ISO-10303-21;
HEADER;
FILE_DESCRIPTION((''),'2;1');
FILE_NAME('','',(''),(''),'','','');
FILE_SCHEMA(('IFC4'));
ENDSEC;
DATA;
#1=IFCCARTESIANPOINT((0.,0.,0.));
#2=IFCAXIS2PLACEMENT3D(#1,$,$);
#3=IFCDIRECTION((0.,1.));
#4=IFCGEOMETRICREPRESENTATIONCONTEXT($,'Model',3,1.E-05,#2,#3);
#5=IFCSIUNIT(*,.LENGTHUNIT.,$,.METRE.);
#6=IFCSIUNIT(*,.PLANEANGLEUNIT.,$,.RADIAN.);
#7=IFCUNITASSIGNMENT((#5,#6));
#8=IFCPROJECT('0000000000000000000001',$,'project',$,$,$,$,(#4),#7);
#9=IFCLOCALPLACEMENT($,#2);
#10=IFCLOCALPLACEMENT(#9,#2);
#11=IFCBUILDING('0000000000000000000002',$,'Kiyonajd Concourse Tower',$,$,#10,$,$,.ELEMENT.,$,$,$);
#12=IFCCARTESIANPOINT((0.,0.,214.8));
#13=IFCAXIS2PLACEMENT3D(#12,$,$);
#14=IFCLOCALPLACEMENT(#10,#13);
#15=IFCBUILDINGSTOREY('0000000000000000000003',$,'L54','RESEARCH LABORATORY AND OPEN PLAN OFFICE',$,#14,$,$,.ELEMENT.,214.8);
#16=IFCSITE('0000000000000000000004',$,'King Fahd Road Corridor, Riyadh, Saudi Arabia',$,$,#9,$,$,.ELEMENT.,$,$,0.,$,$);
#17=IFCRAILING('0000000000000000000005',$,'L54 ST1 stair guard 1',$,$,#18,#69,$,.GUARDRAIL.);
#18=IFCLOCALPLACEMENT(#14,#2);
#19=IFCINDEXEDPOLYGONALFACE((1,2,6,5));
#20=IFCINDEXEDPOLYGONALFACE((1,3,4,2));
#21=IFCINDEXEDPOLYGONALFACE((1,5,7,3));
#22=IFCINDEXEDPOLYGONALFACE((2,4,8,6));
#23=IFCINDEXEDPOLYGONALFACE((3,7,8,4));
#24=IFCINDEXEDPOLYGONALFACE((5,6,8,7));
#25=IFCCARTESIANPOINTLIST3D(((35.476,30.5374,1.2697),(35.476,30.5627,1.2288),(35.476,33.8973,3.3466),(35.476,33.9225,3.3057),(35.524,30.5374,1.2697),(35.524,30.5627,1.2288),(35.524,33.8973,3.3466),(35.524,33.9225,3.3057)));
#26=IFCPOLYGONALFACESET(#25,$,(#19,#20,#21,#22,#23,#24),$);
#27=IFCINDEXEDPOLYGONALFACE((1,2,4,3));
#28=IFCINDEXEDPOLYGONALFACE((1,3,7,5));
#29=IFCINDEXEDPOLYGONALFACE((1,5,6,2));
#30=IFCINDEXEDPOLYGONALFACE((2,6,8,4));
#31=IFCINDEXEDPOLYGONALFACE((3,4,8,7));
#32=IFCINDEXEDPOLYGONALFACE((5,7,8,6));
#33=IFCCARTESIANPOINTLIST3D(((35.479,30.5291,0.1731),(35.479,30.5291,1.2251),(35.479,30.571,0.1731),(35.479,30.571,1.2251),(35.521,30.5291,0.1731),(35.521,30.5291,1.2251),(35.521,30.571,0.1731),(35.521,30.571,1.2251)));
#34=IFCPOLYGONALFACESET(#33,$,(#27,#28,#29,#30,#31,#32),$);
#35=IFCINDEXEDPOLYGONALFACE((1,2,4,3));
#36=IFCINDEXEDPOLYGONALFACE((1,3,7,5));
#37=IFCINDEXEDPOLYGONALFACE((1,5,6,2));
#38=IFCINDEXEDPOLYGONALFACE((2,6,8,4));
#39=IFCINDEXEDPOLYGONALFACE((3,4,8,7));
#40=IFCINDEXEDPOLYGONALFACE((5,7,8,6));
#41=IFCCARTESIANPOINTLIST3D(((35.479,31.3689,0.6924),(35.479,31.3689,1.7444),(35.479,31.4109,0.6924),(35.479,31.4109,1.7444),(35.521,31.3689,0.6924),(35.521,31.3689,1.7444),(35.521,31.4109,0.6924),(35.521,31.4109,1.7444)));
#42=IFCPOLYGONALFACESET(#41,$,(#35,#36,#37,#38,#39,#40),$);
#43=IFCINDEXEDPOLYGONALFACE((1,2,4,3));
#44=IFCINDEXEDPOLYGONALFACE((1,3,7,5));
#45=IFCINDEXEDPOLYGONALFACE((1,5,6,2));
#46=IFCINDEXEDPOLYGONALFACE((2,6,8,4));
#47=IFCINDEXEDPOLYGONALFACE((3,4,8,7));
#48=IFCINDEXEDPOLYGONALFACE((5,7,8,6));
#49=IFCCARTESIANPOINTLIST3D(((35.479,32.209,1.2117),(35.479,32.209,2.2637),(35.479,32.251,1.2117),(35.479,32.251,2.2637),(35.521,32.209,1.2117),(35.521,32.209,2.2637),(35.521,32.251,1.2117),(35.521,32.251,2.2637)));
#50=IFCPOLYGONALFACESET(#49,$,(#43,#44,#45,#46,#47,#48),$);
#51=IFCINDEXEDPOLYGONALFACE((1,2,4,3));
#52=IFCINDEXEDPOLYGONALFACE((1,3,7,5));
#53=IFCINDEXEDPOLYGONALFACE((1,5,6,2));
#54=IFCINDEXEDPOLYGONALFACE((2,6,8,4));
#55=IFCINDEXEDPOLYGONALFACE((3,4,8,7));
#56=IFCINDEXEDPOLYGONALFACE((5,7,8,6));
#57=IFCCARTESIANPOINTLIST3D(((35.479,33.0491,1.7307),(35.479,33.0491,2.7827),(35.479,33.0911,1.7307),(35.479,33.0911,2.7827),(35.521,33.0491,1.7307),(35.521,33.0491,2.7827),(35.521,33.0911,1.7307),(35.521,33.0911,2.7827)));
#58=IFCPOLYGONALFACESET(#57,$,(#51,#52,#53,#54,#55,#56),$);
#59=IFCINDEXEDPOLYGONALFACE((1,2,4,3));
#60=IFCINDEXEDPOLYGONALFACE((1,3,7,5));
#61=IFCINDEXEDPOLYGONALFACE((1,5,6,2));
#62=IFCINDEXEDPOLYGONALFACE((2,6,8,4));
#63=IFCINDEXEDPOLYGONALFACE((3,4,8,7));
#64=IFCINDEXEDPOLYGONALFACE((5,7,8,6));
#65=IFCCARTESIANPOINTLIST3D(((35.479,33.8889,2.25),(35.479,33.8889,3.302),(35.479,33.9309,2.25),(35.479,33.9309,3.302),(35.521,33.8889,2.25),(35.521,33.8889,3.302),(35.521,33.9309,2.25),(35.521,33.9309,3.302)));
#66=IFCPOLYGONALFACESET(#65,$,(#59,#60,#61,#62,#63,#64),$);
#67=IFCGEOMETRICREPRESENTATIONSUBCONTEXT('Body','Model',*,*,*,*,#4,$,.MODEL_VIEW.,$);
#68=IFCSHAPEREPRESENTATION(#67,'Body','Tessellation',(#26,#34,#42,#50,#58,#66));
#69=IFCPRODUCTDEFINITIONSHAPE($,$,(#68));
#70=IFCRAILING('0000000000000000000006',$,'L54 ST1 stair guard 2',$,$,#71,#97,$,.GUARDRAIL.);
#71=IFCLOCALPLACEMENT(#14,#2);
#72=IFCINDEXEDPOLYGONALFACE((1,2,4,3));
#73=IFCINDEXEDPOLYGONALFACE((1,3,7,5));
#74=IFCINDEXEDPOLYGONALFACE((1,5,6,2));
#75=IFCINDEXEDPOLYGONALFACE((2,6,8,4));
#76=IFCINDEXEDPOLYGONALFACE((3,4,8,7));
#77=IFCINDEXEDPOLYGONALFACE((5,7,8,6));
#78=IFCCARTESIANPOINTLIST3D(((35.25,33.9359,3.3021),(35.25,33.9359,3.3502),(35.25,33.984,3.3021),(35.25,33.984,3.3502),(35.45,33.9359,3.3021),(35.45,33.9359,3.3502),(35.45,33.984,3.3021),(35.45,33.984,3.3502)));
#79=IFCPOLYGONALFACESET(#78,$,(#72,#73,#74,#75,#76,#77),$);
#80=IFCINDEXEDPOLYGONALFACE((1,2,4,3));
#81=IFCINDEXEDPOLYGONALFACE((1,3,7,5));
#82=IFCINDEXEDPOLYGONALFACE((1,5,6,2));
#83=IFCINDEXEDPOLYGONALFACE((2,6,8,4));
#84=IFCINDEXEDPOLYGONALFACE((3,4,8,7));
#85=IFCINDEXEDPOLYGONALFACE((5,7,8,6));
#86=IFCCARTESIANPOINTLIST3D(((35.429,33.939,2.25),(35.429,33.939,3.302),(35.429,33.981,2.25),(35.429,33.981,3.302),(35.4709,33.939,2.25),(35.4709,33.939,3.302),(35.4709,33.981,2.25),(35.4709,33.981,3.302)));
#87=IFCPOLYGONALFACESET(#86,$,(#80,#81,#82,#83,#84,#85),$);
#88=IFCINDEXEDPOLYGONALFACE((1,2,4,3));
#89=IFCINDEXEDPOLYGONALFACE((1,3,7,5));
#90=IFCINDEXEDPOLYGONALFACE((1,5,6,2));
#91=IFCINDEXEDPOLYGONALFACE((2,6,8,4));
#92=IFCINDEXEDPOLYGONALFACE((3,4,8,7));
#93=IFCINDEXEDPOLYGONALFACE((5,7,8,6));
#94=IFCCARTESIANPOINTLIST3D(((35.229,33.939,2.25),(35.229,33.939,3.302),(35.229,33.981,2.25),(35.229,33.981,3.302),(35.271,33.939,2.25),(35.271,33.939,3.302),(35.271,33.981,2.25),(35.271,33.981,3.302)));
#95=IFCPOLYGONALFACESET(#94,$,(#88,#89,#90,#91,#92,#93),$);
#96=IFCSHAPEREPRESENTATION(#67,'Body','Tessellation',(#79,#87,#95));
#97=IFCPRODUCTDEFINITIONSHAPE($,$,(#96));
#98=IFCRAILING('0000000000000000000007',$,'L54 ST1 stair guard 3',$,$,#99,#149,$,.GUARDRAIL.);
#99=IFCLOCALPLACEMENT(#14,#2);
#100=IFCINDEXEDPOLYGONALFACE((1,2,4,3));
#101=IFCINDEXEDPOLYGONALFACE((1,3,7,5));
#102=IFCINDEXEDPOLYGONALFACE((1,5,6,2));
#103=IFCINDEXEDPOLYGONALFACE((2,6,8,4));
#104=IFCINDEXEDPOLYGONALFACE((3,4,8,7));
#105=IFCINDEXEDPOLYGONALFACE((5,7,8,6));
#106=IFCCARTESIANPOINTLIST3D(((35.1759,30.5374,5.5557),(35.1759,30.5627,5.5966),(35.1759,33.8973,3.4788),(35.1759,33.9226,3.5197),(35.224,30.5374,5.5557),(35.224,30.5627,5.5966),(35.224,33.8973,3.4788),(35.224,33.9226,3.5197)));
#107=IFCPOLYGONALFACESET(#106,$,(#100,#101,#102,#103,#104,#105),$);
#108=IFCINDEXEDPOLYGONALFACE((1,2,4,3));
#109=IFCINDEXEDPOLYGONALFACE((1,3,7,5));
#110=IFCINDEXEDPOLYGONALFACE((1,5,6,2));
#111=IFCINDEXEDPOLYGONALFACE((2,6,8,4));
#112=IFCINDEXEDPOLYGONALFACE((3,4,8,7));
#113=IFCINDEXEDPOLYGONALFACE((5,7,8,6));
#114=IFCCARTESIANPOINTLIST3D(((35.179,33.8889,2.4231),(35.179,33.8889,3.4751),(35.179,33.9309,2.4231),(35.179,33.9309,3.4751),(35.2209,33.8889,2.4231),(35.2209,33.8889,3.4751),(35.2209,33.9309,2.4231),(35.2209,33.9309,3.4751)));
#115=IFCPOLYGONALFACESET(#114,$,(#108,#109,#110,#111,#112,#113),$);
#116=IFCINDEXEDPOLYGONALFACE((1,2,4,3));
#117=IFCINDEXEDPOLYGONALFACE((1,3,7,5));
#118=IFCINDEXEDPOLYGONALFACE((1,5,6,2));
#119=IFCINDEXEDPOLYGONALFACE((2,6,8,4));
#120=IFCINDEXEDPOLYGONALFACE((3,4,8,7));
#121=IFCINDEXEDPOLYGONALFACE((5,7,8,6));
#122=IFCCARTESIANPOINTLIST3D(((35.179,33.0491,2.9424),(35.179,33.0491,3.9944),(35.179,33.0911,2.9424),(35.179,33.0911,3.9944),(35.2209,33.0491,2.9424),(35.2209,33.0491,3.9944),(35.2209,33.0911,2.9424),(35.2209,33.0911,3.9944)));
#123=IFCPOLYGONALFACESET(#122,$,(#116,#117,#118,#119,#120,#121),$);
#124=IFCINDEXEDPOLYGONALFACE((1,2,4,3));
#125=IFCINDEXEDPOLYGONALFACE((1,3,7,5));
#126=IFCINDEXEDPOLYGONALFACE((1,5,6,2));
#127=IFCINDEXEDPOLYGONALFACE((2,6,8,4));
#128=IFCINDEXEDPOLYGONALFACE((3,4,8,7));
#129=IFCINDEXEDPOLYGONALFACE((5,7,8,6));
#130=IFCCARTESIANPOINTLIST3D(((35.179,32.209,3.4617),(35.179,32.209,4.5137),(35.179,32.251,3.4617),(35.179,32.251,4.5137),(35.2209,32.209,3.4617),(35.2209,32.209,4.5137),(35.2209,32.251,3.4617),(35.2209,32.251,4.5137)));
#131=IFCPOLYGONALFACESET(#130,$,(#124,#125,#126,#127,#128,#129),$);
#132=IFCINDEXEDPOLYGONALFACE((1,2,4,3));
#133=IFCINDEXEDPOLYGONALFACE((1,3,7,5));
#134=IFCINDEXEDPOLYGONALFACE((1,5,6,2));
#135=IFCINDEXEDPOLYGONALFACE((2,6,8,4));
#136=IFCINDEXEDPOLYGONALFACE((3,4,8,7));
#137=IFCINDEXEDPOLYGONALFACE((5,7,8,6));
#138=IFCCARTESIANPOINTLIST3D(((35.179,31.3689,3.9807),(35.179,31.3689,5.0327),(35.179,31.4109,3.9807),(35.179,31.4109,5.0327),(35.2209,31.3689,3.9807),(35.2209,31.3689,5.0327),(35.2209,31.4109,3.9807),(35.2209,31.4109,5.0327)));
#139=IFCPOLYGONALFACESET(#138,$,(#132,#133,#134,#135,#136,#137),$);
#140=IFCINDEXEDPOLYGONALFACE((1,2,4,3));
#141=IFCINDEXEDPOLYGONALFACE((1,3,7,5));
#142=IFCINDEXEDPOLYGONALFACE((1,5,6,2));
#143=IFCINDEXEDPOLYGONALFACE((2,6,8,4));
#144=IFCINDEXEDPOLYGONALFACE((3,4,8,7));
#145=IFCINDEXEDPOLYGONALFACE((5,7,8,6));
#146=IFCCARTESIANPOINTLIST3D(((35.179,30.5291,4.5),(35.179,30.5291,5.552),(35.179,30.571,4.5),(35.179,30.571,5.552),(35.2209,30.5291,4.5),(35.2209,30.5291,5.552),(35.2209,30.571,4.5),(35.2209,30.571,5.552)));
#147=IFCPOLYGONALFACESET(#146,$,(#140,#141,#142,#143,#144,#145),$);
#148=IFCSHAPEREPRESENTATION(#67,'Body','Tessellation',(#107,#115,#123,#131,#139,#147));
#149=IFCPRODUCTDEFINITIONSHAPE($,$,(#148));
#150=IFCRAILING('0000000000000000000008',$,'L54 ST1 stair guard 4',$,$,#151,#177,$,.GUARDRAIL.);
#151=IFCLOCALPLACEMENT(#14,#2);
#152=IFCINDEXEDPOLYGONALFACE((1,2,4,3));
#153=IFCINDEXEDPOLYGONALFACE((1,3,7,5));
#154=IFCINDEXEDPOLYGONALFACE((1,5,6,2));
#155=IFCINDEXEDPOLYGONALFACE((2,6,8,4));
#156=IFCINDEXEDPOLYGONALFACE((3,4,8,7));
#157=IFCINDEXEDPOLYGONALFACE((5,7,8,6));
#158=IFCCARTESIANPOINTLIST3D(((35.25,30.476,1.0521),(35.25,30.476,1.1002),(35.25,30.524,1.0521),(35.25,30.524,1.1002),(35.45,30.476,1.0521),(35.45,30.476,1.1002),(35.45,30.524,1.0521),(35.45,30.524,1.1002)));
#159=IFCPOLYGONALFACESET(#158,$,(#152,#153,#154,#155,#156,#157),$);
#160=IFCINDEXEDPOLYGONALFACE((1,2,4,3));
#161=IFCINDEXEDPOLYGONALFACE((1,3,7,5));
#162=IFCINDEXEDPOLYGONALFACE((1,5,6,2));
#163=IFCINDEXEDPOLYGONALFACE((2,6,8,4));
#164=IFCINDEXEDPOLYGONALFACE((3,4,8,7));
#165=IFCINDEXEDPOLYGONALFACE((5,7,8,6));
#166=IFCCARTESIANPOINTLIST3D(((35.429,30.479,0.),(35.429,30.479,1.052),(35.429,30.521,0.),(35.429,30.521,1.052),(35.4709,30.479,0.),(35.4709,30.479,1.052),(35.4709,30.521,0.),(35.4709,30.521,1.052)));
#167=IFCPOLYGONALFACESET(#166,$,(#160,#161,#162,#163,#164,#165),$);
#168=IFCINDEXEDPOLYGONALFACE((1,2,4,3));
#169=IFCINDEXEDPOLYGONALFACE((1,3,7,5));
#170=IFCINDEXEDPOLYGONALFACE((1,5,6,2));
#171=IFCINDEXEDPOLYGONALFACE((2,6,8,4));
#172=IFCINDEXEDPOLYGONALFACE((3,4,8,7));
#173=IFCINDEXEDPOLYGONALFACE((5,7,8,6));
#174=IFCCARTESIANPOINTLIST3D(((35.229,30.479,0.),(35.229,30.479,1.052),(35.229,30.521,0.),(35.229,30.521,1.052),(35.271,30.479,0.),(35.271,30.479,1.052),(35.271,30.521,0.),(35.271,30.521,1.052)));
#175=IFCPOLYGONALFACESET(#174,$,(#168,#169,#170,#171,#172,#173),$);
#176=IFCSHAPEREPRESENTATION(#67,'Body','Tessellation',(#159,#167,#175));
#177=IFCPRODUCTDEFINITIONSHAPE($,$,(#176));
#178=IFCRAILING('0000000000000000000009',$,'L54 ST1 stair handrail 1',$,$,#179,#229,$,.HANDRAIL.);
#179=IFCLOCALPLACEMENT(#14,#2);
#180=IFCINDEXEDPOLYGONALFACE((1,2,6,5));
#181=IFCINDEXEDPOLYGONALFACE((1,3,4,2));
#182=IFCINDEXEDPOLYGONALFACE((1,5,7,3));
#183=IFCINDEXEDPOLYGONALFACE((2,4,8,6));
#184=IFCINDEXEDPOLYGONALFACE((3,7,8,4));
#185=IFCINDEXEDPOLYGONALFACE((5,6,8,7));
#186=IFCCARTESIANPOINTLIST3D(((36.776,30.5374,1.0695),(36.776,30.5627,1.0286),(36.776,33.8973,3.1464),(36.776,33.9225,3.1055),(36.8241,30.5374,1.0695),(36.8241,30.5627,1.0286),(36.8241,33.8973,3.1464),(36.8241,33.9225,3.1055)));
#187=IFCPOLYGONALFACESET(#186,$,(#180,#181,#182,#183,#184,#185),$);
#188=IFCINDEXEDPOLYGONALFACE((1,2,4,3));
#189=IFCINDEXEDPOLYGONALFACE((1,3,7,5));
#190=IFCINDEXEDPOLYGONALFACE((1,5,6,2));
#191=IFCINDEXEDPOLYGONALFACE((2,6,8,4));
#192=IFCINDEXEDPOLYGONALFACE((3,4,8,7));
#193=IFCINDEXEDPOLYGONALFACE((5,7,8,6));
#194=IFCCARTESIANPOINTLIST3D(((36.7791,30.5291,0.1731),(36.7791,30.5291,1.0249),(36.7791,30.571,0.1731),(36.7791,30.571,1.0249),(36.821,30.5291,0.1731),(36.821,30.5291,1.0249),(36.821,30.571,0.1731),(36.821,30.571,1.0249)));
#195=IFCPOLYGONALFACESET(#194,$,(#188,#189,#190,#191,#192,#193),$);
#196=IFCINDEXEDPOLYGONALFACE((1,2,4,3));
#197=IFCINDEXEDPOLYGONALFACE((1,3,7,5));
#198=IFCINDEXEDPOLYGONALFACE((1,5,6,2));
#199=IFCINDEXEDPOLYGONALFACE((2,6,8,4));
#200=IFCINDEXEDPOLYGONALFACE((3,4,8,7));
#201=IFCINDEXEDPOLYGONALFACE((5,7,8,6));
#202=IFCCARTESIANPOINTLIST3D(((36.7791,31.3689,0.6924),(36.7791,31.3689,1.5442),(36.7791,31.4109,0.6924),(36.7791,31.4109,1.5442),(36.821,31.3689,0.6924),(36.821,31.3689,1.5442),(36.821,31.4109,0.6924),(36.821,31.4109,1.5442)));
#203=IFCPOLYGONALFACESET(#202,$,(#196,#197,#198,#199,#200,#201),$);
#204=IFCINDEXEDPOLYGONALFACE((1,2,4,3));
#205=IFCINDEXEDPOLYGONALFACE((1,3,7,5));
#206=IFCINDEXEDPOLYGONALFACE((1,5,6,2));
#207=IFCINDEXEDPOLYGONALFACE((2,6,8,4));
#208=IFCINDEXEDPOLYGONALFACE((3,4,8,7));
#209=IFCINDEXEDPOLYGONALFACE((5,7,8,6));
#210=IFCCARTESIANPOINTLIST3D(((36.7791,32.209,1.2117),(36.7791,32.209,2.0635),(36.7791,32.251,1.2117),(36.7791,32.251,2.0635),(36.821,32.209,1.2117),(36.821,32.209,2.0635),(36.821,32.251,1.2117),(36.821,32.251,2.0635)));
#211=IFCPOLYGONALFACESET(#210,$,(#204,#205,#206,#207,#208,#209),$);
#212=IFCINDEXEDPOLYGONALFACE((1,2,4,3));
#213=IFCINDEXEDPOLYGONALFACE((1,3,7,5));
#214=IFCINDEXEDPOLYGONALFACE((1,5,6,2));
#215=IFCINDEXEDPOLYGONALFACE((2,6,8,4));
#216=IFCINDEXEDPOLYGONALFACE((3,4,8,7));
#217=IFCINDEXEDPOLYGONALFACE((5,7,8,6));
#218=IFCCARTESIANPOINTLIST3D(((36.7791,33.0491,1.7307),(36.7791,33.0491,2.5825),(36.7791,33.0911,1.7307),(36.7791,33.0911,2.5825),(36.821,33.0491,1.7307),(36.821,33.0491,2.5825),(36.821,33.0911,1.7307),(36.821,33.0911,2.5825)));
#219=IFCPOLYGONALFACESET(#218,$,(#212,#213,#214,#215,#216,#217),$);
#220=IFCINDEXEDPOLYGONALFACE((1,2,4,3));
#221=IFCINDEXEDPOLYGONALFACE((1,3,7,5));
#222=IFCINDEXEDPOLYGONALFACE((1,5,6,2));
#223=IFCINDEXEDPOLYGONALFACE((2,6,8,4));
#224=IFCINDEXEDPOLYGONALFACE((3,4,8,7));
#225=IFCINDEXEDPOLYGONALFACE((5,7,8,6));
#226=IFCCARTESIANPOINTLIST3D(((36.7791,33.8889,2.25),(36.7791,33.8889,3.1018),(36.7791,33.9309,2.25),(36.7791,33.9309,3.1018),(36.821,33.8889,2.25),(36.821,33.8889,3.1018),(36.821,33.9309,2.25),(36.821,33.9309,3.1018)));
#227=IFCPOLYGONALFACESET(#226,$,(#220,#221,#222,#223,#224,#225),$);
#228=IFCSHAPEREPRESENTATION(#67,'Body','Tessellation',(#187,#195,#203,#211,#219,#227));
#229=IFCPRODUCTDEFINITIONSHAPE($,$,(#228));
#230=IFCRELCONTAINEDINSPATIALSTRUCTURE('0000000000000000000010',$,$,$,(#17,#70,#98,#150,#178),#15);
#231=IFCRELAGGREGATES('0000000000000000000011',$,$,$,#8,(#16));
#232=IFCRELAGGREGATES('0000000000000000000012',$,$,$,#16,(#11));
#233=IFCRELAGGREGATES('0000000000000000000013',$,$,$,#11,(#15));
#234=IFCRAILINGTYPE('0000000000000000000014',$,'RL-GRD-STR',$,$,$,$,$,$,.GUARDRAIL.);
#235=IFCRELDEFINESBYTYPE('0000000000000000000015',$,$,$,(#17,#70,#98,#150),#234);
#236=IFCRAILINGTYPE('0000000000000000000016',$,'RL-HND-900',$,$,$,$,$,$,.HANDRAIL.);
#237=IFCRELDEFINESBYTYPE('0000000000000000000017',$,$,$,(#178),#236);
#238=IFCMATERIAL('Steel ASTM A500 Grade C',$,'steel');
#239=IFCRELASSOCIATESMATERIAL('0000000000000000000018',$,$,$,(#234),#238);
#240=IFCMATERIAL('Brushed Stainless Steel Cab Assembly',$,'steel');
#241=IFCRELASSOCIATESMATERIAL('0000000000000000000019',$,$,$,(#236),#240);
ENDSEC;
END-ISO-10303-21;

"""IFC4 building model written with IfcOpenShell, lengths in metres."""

from ifc_helpers import new_model, si_unit, direction, frame, origin, origin_2d, place, context, subcontext, project, spatial, rectangle, extrude, material, type_object, element, save


model = new_model("IFC4")

# Units and contexts
model_context = context("Model", 3, precision=1e-05, world=origin(), true_north=direction((0.0, 1.0)))
body_context = subcontext(model_context, "Body", "Model", "MODEL_VIEW")
ifc_project = project(units=[si_unit("LENGTHUNIT", "METRE"), si_unit("PLANEANGLEUNIT", "RADIAN")], contexts=[model_context])

# Site, building, storey
site_placement = place(None, origin())
site = spatial("IfcSite", under=ifc_project, at=site_placement, Name="King Fahd Road Corridor, Riyadh, Saudi Arabia", CompositionType="ELEMENT", RefElevation=0.0)
building_placement = place(site_placement, origin())
building = spatial("IfcBuilding", under=site, at=building_placement, Name="Kiyonajd Concourse Tower", CompositionType="ELEMENT")
storey_placement = place(building_placement, frame((0.0, 0.0, 214.8)))
storey = spatial("IfcBuildingStorey", under=building, at=storey_placement, Name="L54", Description="RESEARCH LABORATORY AND OPEN PLAN OFFICE", CompositionType="ELEMENT", Elevation=214.8)

# Shared definitions
ifc_material_1 = material(Name="Brushed Stainless Steel Cab Assembly", Category="steel")

# Railings
ifc_material_2 = material(Name="Steel ASTM A500 Grade C", Category="steel")
railing_type_1 = type_object("IfcRailingType", Name="RL-GRD-STR", PredefinedType="GUARDRAIL", material=ifc_material_2)
railing_1_placement = place(storey_placement, frame((35.5, 30.55, 0.1731)))
element("IfcRailing", 1, at=railing_1_placement, inside=storey, type_object=railing_type_1, Name="L54 ST1 stair guard 1", PredefinedType="GUARDRAIL", context=body_context, shape_type="SweptSolid", body=[
    extrude(rectangle(XDim=0.0481, YDim=0.0481, at=origin_2d()), frame((0.0, 0.0, 1.0762), z_axis=(0.0, 0.850606, 0.525803), x_axis=(-1.0, 0.0, 0.0)), (0.0, 0.0, 1.0), 3.95),
    extrude(rectangle(XDim=0.042, YDim=0.042, at=origin_2d()), origin(), (0.0, 0.0, 1.0), 1.052),
    extrude(rectangle(XDim=0.042, YDim=0.042, at=origin_2d()), frame((0.0, 0.8398, 0.5193)), (0.0, 0.0, 1.0), 1.052),
    extrude(rectangle(XDim=0.042, YDim=0.042, at=origin_2d()), frame((0.0, 1.6799, 1.0386)), (0.0, 0.0, 1.0), 1.052),
    extrude(rectangle(XDim=0.042, YDim=0.042, at=origin_2d()), frame((0.0, 2.52, 1.5576)), (0.0, 0.0, 1.0), 1.052),
    extrude(rectangle(XDim=0.042, YDim=0.042, at=origin_2d()), frame((0.0, 3.3599, 2.0769)), (0.0, 0.0, 1.0), 1.052),
])
railing_2_placement = place(storey_placement, frame((35.45, 33.96, 2.25)))
element("IfcRailing", 2, at=railing_2_placement, inside=storey, type_object=railing_type_1, Name="L54 ST1 stair guard 2", PredefinedType="GUARDRAIL", context=body_context, shape_type="SweptSolid", body=[
    extrude(rectangle(XDim=0.0481, YDim=0.0481, at=origin_2d()), frame((0.0, 0.0, 1.0762), z_axis=(-1.0, 0.0, 0.0), x_axis=(0.0, -1.0, 0.0)), (0.0, 0.0, 1.0), 0.2),
    extrude(rectangle(XDim=0.042, YDim=0.042, at=origin_2d()), origin(), (0.0, 0.0, 1.0), 1.052),
    extrude(rectangle(XDim=0.042, YDim=0.042, at=origin_2d()), frame((-0.2, 0.0, 0.0)), (0.0, 0.0, 1.0), 1.052),
])
railing_3_placement = place(storey_placement, frame((35.2, 33.9099, 2.4231)))
element("IfcRailing", 3, at=railing_3_placement, inside=storey, type_object=railing_type_1, Name="L54 ST1 stair guard 3", PredefinedType="GUARDRAIL", context=body_context, shape_type="SweptSolid", body=[
    extrude(rectangle(XDim=0.0481, YDim=0.0481, at=origin_2d()), frame((0.0, 0.0, 1.0762), z_axis=(0.0, -0.850606, 0.525803), x_axis=(1.0, 0.0, 0.0)), (0.0, 0.0, 1.0), 3.95),
    extrude(rectangle(XDim=0.042, YDim=0.042, at=origin_2d()), origin(), (0.0, 0.0, 1.0), 1.052),
    extrude(rectangle(XDim=0.042, YDim=0.042, at=origin_2d()), frame((0.0, -0.8398, 0.5193)), (0.0, 0.0, 1.0), 1.052),
    extrude(rectangle(XDim=0.042, YDim=0.042, at=origin_2d()), frame((0.0, -1.6799, 1.0386)), (0.0, 0.0, 1.0), 1.052),
    extrude(rectangle(XDim=0.042, YDim=0.042, at=origin_2d()), frame((0.0, -2.52, 1.5576)), (0.0, 0.0, 1.0), 1.052),
    extrude(rectangle(XDim=0.042, YDim=0.042, at=origin_2d()), frame((0.0, -3.3599, 2.0769)), (0.0, 0.0, 1.0), 1.052),
])
railing_4_placement = place(storey_placement, frame((35.45, 30.5, 0.0)))
element("IfcRailing", 4, at=railing_4_placement, inside=storey, type_object=railing_type_1, Name="L54 ST1 stair guard 4", PredefinedType="GUARDRAIL", context=body_context, shape_type="SweptSolid", body=[
    extrude(rectangle(XDim=0.0481, YDim=0.0481, at=origin_2d()), frame((0.0, 0.0, 1.0762), z_axis=(-1.0, 0.0, 0.0), x_axis=(0.0, -1.0, 0.0)), (0.0, 0.0, 1.0), 0.2),
    extrude(rectangle(XDim=0.042, YDim=0.042, at=origin_2d()), origin(), (0.0, 0.0, 1.0), 1.052),
    extrude(rectangle(XDim=0.042, YDim=0.042, at=origin_2d()), frame((-0.2, 0.0, 0.0)), (0.0, 0.0, 1.0), 1.052),
])
railing_type_2 = type_object("IfcRailingType", Name="RL-HND-900", PredefinedType="HANDRAIL", material=ifc_material_1)
railing_5_placement = place(storey_placement, frame((36.8, 30.55, 0.1731)))
element("IfcRailing", 5, at=railing_5_placement, inside=storey, type_object=railing_type_2, Name="L54 ST1 stair handrail 1", PredefinedType="HANDRAIL", context=body_context, shape_type="SweptSolid", body=[
    extrude(rectangle(XDim=0.0481, YDim=0.0481, at=origin_2d()), frame((0.0, 0.0, 0.876), z_axis=(0.0, 0.850606, 0.525803), x_axis=(-1.0, 0.0, 0.0)), (0.0, 0.0, 1.0), 3.95),
    extrude(rectangle(XDim=0.042, YDim=0.042, at=origin_2d()), origin(), (0.0, 0.0, 1.0), 0.8518),
    extrude(rectangle(XDim=0.042, YDim=0.042, at=origin_2d()), frame((0.0, 0.8398, 0.5193)), (0.0, 0.0, 1.0), 0.8518),
    extrude(rectangle(XDim=0.042, YDim=0.042, at=origin_2d()), frame((0.0, 1.6799, 1.0386)), (0.0, 0.0, 1.0), 0.8518),
    extrude(rectangle(XDim=0.042, YDim=0.042, at=origin_2d()), frame((0.0, 2.52, 1.5576)), (0.0, 0.0, 1.0), 0.8518),
    extrude(rectangle(XDim=0.042, YDim=0.042, at=origin_2d()), frame((0.0, 3.3599, 2.0769)), (0.0, 0.0, 1.0), 0.8518),
])

save(model, "model.ifc")
